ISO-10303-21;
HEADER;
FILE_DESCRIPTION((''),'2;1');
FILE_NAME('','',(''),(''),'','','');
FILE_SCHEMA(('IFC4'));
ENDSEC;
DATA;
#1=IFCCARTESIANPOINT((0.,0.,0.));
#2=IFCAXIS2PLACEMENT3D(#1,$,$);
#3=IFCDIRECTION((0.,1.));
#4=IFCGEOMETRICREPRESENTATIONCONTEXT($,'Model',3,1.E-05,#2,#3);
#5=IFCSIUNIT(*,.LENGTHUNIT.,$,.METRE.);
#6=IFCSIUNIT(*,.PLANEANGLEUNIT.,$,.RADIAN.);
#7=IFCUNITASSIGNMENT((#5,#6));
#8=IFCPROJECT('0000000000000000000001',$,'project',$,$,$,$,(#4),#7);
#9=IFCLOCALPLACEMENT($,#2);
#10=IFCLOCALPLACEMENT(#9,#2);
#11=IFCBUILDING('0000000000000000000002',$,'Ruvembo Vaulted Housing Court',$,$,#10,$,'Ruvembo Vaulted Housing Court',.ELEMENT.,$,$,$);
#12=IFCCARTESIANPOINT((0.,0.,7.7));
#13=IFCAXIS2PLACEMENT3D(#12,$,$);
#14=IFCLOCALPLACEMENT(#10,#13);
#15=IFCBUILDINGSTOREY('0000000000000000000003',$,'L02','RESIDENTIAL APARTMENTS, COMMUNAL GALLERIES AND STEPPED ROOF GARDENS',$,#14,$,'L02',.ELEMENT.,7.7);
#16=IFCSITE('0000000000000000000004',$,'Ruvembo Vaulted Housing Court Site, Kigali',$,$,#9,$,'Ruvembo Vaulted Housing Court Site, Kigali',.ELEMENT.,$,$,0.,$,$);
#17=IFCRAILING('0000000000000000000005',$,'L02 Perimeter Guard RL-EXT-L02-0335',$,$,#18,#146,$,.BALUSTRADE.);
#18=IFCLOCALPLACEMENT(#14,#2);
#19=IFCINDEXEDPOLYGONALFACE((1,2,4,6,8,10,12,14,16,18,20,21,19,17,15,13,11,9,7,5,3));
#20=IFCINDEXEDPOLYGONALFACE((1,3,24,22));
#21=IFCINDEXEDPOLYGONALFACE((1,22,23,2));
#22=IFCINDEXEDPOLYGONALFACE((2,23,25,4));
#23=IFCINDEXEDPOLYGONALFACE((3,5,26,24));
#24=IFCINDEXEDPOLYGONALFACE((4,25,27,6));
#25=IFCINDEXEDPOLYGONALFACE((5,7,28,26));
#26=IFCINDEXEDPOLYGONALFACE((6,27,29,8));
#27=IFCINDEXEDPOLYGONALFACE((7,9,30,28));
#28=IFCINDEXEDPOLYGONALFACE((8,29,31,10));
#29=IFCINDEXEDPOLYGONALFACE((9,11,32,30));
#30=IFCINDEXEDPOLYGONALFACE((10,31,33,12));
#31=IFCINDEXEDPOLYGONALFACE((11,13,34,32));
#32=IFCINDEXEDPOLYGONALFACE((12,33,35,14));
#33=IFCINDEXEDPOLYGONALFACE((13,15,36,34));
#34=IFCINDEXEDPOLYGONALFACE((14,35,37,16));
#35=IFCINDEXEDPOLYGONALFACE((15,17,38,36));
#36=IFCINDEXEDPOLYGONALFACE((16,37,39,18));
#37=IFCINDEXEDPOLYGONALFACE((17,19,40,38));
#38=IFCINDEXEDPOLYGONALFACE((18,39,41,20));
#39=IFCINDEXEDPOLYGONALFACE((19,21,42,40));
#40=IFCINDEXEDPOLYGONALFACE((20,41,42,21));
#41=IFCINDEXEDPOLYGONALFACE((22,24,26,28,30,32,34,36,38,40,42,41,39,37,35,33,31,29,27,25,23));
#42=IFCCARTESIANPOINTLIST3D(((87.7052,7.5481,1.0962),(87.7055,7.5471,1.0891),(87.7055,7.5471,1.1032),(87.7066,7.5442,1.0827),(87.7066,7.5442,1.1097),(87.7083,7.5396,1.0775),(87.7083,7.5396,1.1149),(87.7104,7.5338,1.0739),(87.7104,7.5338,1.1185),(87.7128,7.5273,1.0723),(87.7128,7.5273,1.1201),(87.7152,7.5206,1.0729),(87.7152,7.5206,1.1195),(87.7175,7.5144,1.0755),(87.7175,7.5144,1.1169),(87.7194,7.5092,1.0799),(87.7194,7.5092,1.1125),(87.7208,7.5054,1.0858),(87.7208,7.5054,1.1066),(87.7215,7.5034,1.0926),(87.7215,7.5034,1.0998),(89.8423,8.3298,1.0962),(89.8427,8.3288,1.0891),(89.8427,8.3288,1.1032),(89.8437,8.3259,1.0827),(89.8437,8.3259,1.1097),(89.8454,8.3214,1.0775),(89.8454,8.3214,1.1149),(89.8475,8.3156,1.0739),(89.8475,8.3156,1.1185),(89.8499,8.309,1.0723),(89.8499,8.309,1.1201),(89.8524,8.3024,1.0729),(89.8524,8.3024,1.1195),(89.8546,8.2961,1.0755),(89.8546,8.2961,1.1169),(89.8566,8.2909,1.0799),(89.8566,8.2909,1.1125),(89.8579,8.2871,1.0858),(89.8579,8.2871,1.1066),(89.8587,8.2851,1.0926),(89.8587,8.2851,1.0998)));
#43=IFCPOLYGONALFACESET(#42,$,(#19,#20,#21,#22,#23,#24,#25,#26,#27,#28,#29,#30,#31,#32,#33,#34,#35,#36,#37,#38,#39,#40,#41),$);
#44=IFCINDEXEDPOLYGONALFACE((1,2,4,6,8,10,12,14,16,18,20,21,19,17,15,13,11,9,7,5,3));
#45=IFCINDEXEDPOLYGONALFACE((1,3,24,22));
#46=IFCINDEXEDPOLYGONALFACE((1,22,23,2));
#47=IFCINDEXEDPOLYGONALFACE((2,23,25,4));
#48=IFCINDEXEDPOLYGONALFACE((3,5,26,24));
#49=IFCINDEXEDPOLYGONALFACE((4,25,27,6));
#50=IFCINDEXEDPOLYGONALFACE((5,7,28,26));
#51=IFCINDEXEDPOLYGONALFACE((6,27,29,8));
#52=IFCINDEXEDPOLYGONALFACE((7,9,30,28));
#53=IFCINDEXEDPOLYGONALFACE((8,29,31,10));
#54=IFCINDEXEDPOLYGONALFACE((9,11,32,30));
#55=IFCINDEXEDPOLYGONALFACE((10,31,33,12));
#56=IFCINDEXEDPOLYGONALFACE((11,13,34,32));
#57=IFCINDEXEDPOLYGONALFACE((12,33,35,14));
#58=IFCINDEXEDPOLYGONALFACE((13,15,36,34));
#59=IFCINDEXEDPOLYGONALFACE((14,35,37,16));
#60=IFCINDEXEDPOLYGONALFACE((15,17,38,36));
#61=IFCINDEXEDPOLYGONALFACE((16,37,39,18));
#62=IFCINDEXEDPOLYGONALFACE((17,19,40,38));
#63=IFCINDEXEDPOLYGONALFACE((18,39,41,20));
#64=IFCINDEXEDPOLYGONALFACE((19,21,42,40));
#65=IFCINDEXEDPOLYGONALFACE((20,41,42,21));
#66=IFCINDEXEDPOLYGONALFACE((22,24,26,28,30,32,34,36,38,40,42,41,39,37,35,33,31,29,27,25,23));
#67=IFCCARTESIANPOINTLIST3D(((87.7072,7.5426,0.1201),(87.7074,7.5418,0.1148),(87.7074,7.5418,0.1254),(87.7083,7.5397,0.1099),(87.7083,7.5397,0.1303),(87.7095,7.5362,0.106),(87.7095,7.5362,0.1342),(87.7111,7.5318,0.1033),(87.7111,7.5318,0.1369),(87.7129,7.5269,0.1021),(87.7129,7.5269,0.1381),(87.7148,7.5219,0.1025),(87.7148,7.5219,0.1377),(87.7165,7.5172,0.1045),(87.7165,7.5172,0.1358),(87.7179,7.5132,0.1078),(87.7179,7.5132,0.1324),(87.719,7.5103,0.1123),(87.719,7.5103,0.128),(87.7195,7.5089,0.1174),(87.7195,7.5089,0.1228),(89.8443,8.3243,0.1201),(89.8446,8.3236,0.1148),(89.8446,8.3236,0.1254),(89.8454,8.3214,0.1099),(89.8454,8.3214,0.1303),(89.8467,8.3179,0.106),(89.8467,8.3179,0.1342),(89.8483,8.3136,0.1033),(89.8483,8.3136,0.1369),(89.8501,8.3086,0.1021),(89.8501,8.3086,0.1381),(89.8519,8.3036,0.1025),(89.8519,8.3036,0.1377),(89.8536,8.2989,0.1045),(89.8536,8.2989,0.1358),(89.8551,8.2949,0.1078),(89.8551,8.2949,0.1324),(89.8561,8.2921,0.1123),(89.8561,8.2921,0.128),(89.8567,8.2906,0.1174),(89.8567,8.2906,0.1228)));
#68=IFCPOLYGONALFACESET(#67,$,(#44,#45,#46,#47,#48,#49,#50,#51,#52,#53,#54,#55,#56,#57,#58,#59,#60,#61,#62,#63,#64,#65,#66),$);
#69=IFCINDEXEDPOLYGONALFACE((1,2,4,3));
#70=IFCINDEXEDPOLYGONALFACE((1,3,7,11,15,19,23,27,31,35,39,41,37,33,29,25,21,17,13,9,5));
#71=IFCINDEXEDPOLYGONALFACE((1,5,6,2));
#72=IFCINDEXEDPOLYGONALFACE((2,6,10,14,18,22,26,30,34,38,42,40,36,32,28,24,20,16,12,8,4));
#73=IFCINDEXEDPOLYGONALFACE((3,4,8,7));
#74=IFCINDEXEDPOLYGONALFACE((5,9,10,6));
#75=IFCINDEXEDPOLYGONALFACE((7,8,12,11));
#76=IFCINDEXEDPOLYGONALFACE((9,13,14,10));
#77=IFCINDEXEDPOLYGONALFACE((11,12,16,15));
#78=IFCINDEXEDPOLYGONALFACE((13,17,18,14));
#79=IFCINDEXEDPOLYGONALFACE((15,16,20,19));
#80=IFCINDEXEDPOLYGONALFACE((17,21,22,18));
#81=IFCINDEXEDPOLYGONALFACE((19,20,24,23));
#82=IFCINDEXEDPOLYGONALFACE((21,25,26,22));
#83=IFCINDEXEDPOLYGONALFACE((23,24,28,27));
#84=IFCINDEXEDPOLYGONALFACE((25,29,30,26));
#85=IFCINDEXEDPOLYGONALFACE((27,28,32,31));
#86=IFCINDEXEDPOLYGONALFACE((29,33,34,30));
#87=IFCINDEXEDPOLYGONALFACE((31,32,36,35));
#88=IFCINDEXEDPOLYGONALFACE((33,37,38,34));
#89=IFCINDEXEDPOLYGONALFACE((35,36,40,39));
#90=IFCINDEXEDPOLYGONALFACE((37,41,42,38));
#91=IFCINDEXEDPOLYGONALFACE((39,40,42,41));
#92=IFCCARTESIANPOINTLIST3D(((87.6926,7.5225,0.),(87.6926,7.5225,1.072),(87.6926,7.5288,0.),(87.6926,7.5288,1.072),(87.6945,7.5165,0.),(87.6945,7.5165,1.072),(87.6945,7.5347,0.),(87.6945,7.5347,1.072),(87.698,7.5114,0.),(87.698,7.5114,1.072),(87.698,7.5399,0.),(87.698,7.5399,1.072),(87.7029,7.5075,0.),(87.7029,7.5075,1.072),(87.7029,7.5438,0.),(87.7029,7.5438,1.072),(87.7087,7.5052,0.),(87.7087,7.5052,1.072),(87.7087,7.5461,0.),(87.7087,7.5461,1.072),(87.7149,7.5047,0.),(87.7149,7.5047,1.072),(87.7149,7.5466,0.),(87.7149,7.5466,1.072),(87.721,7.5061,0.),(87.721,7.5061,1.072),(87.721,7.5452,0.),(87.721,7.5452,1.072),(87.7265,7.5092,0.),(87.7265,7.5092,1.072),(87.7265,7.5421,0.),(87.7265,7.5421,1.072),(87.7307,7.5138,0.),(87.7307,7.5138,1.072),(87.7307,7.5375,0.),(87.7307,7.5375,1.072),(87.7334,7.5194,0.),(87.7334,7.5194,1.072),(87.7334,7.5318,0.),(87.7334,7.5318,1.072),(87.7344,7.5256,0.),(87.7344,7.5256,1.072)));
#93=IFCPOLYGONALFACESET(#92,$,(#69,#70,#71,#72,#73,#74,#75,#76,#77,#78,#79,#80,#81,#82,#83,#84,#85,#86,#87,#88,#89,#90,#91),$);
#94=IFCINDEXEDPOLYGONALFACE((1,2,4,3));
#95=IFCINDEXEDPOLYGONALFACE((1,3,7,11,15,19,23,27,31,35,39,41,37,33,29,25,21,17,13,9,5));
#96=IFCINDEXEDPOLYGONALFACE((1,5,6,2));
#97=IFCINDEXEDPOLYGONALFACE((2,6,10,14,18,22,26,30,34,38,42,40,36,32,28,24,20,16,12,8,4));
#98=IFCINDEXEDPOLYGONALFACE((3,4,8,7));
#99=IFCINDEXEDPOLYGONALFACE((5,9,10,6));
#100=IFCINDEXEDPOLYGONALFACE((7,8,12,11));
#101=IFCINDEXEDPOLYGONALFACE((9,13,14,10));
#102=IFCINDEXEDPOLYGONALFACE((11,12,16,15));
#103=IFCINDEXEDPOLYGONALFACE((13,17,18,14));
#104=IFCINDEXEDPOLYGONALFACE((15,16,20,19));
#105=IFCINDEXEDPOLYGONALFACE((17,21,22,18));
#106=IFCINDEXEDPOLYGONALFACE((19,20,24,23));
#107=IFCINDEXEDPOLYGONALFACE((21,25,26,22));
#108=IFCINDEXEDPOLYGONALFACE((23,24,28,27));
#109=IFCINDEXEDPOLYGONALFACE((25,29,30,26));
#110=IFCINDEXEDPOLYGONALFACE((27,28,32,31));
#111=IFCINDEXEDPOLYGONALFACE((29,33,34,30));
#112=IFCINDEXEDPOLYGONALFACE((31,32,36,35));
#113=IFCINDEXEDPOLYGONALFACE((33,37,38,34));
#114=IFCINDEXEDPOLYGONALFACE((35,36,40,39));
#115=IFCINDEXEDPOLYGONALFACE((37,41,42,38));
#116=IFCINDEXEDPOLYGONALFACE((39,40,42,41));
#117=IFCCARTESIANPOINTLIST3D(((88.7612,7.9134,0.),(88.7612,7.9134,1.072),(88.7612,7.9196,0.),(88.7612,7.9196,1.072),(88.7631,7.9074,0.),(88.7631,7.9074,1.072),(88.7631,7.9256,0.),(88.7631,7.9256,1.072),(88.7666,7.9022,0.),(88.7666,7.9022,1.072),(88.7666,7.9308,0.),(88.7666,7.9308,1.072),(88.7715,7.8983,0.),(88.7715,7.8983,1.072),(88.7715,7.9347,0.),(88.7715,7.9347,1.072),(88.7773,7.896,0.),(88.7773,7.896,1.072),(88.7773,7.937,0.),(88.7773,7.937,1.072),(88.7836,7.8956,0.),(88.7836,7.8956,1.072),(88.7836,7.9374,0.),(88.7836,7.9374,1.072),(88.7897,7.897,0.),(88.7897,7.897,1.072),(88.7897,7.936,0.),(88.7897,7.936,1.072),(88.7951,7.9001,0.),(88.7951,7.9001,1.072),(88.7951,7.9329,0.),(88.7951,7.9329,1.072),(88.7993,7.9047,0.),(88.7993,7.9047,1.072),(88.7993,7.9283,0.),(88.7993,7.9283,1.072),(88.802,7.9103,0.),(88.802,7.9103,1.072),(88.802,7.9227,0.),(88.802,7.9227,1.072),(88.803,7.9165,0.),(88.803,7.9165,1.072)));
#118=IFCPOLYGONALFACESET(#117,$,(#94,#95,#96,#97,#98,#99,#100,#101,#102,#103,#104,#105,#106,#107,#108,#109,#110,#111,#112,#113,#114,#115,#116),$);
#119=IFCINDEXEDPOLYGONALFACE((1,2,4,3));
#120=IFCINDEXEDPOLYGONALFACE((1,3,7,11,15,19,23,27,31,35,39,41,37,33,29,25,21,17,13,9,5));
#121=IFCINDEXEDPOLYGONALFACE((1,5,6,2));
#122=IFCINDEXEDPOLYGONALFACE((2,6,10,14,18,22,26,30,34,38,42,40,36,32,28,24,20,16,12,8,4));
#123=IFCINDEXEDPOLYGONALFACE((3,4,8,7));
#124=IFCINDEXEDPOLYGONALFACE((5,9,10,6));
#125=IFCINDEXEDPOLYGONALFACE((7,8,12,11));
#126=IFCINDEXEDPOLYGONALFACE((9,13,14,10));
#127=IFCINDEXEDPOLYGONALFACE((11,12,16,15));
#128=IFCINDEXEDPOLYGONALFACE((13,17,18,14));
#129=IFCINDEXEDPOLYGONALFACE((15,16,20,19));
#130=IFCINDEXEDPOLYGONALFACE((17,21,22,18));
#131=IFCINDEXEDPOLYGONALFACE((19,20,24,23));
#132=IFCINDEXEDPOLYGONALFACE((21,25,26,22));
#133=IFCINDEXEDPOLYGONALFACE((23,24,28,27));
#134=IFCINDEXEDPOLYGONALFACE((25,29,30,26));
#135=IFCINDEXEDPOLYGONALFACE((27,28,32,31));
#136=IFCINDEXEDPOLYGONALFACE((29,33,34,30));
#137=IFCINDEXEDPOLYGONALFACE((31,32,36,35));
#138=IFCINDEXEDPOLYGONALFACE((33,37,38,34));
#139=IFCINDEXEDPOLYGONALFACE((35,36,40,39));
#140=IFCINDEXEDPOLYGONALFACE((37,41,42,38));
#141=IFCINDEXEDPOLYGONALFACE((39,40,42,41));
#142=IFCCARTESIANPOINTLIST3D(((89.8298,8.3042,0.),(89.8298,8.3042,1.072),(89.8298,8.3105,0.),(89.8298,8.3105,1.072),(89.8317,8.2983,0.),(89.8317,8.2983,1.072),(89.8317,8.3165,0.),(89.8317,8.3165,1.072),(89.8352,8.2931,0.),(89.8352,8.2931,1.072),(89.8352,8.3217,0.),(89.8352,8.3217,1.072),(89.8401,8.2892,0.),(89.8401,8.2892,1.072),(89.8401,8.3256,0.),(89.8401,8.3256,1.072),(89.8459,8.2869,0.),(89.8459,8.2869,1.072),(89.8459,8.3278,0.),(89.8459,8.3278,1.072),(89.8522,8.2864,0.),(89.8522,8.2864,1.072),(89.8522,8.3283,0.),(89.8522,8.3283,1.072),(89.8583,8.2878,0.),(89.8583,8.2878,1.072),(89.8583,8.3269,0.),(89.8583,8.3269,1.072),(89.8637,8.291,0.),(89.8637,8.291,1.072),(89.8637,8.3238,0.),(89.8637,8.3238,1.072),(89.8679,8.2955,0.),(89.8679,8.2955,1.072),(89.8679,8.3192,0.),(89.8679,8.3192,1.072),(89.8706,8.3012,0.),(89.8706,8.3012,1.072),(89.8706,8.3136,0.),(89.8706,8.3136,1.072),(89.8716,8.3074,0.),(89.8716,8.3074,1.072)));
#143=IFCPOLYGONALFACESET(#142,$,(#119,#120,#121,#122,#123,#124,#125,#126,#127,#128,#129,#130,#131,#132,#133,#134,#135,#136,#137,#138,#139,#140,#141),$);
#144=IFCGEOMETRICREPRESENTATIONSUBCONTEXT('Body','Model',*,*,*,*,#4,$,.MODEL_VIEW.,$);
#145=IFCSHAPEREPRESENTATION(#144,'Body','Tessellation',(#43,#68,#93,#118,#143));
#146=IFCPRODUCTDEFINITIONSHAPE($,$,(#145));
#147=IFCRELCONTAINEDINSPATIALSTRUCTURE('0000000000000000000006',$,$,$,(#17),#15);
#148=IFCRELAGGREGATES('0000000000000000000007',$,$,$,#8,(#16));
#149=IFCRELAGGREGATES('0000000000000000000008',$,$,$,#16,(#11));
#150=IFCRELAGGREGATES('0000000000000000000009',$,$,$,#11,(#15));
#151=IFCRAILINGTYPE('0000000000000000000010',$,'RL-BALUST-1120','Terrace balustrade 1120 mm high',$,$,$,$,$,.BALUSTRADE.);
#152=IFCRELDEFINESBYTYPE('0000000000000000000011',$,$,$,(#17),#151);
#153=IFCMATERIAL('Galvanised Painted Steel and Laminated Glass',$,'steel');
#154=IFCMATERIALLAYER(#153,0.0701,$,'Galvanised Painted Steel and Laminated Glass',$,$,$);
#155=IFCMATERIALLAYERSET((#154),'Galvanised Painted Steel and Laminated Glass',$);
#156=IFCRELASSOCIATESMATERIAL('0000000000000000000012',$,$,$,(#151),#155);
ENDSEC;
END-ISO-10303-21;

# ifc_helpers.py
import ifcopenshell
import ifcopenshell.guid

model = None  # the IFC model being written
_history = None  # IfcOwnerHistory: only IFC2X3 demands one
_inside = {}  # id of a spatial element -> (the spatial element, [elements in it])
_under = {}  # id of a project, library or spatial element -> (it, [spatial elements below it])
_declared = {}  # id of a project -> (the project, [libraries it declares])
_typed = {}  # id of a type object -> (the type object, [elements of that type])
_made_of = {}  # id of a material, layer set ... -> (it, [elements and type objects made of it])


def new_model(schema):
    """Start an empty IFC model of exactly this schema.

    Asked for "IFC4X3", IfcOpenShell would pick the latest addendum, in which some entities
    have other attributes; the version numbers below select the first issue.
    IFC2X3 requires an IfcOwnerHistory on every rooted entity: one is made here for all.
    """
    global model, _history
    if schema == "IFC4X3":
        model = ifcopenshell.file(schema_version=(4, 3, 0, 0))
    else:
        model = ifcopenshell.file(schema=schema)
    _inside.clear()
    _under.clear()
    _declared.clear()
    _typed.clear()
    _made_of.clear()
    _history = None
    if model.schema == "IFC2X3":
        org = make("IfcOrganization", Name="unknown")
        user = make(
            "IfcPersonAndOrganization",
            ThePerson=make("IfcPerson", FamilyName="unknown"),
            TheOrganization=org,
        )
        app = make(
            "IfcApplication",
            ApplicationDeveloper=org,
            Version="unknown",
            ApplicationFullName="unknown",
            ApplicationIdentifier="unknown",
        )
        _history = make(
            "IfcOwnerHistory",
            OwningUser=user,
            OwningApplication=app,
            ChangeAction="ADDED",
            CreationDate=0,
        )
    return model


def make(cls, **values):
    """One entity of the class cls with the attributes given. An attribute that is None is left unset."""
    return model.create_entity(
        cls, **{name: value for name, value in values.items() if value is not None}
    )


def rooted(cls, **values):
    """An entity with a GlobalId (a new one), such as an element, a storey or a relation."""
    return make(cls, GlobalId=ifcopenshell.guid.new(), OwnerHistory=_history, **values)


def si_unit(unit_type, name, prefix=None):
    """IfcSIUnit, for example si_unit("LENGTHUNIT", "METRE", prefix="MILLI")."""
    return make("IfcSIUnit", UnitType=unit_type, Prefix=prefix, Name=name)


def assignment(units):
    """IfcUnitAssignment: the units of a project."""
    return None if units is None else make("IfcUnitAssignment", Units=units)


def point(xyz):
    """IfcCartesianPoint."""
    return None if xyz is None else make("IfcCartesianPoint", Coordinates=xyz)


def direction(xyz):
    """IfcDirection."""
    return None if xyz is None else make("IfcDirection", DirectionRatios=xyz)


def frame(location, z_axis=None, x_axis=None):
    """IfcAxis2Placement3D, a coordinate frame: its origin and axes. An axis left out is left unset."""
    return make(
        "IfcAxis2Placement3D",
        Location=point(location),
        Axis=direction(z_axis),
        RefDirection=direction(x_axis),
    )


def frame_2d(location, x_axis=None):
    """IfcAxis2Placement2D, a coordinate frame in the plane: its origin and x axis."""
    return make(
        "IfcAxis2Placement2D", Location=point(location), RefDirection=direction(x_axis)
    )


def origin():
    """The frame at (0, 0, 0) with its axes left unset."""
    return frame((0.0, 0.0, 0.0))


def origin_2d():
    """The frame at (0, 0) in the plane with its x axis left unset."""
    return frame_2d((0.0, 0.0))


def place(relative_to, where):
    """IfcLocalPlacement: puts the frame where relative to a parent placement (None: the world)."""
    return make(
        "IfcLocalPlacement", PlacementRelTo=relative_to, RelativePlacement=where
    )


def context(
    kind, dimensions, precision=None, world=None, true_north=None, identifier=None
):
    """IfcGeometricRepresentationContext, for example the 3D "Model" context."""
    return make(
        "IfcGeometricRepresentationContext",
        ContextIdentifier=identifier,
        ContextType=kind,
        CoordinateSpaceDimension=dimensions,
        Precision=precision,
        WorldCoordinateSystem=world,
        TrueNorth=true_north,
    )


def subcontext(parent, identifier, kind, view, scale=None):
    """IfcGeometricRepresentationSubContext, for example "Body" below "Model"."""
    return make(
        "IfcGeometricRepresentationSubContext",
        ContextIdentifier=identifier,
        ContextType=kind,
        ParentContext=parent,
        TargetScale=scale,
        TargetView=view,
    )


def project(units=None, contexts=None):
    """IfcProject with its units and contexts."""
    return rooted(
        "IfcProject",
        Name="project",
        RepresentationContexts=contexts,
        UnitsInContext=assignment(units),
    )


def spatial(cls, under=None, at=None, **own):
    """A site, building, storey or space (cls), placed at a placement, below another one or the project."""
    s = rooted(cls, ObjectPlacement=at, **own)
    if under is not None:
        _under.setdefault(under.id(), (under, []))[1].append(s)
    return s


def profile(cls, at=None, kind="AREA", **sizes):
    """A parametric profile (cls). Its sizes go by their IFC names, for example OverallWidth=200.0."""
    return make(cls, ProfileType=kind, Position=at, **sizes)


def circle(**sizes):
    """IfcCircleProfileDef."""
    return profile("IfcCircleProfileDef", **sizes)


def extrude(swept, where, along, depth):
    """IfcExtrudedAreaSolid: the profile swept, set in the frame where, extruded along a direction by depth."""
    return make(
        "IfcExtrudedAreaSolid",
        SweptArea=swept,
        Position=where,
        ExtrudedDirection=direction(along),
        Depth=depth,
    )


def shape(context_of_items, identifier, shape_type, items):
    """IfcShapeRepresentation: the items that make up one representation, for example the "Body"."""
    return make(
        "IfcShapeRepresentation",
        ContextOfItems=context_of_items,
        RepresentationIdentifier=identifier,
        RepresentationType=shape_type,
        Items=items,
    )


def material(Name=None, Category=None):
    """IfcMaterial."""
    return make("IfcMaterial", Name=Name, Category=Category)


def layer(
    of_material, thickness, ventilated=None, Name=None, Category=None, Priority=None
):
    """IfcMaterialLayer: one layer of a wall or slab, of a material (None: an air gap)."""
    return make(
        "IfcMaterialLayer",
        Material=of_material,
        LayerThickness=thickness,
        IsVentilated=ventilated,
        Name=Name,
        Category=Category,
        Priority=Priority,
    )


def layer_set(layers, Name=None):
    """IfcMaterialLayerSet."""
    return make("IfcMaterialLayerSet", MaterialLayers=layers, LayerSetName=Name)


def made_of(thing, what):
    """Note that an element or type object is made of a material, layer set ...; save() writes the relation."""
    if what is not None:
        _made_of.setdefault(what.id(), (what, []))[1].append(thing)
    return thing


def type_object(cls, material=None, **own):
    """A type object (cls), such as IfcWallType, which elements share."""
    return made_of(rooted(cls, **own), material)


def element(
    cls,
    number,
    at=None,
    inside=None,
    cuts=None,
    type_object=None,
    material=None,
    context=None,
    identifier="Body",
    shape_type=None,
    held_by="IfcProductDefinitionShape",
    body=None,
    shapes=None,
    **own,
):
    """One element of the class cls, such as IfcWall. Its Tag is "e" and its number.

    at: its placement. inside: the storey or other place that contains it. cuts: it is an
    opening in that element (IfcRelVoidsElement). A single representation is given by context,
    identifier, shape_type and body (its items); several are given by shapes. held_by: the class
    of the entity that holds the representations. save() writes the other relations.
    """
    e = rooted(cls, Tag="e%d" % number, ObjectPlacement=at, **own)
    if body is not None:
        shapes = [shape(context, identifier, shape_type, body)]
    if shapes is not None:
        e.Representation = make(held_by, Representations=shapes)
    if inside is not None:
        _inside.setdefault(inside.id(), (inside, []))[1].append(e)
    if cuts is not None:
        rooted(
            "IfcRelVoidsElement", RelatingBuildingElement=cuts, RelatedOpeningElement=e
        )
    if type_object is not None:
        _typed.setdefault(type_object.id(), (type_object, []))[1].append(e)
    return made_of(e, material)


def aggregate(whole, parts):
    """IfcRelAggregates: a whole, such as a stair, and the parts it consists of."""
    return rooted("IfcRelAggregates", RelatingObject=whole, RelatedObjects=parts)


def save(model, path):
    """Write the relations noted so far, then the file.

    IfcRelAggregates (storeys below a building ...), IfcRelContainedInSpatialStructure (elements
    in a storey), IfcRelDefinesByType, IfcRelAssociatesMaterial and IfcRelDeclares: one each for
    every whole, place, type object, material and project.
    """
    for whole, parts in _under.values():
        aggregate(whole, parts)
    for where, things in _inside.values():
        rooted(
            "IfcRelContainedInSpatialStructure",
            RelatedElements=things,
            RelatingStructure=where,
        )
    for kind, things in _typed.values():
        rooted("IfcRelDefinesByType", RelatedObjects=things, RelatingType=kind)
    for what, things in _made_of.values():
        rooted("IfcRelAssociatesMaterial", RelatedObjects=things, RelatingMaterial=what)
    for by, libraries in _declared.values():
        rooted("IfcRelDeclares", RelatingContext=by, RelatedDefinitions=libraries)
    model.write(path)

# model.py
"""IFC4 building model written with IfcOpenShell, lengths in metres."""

from ifc_helpers import new_model, si_unit, direction, frame, origin, origin_2d, place, context, subcontext, project, spatial, circle, extrude, material, layer, layer_set, type_object, element, save


model = new_model("IFC4")

# Units and contexts
model_context = context("Model", 3, precision=1e-05, world=origin(), true_north=direction((0.0, 1.0)))
body_context = subcontext(model_context, "Body", "Model", "MODEL_VIEW")
ifc_project = project(units=[si_unit("LENGTHUNIT", "METRE"), si_unit("PLANEANGLEUNIT", "RADIAN")], contexts=[model_context])

# Site, building, storey
site_placement = place(None, origin())
site = spatial("IfcSite", under=ifc_project, at=site_placement, Name="Ruvembo Vaulted Housing Court Site, Kigali", LongName="Ruvembo Vaulted Housing Court Site, Kigali", CompositionType="ELEMENT", RefElevation=0.0)
building_placement = place(site_placement, origin())
building = spatial("IfcBuilding", under=site, at=building_placement, Name="Ruvembo Vaulted Housing Court", LongName="Ruvembo Vaulted Housing Court", CompositionType="ELEMENT")
storey_placement = place(building_placement, frame((0.0, 0.0, 7.7)))
storey = spatial("IfcBuildingStorey", under=building, at=storey_placement, Name="L02", Description="RESIDENTIAL APARTMENTS, COMMUNAL GALLERIES AND STEPPED ROOF GARDENS", LongName="L02", CompositionType="ELEMENT", Elevation=7.7)

# Railing
ifc_material_1 = material(Name="Galvanised Painted Steel and Laminated Glass", Category="steel")
ifc_layer_1 = layer(ifc_material_1, 0.0701, Name="Galvanised Painted Steel and Laminated Glass")
ifc_layer_set_1 = layer_set([ifc_layer_1], Name="Galvanised Painted Steel and Laminated Glass")
railing_type = type_object("IfcRailingType", Name="RL-BALUST-1120", Description="Terrace balustrade 1120 mm high", PredefinedType="BALUSTRADE", material=ifc_layer_set_1)
railing_1_placement = place(storey_placement, frame((87.7134, 7.5256, 0.0)))
element("IfcRailing", 1, at=railing_1_placement, inside=storey, type_object=railing_type, Name="L02 Perimeter Guard RL-EXT-L02-0335", PredefinedType="BALUSTRADE", context=body_context, shape_type="SweptSolid", body=[
    extrude(circle(Radius=0.0239, at=origin_2d()), frame((0.0, 0.0, 1.0962), z_axis=(0.939146, 0.343517, 0.0), x_axis=(-0.343517, 0.939146, 0.0)), (0.0, 0.0, 1.0), 2.2756),
    extrude(circle(Radius=0.0181, at=origin_2d()), frame((0.0, 0.0, 0.1201), z_axis=(0.939146, 0.343517, 0.0), x_axis=(-0.343517, 0.939146, 0.0)), (0.0, 0.0, 1.0), 2.2756),
    extrude(circle(Radius=0.021, at=origin_2d()), origin(), (0.0, 0.0, 1.0), 1.072),
    extrude(circle(Radius=0.021, at=origin_2d()), frame((1.0686, 0.3909, 0.0)), (0.0, 0.0, 1.0), 1.072),
    extrude(circle(Radius=0.021, at=origin_2d()), frame((2.1372, 0.7817, 0.0)), (0.0, 0.0, 1.0), 1.072),
])

save(model, "model.ifc")
